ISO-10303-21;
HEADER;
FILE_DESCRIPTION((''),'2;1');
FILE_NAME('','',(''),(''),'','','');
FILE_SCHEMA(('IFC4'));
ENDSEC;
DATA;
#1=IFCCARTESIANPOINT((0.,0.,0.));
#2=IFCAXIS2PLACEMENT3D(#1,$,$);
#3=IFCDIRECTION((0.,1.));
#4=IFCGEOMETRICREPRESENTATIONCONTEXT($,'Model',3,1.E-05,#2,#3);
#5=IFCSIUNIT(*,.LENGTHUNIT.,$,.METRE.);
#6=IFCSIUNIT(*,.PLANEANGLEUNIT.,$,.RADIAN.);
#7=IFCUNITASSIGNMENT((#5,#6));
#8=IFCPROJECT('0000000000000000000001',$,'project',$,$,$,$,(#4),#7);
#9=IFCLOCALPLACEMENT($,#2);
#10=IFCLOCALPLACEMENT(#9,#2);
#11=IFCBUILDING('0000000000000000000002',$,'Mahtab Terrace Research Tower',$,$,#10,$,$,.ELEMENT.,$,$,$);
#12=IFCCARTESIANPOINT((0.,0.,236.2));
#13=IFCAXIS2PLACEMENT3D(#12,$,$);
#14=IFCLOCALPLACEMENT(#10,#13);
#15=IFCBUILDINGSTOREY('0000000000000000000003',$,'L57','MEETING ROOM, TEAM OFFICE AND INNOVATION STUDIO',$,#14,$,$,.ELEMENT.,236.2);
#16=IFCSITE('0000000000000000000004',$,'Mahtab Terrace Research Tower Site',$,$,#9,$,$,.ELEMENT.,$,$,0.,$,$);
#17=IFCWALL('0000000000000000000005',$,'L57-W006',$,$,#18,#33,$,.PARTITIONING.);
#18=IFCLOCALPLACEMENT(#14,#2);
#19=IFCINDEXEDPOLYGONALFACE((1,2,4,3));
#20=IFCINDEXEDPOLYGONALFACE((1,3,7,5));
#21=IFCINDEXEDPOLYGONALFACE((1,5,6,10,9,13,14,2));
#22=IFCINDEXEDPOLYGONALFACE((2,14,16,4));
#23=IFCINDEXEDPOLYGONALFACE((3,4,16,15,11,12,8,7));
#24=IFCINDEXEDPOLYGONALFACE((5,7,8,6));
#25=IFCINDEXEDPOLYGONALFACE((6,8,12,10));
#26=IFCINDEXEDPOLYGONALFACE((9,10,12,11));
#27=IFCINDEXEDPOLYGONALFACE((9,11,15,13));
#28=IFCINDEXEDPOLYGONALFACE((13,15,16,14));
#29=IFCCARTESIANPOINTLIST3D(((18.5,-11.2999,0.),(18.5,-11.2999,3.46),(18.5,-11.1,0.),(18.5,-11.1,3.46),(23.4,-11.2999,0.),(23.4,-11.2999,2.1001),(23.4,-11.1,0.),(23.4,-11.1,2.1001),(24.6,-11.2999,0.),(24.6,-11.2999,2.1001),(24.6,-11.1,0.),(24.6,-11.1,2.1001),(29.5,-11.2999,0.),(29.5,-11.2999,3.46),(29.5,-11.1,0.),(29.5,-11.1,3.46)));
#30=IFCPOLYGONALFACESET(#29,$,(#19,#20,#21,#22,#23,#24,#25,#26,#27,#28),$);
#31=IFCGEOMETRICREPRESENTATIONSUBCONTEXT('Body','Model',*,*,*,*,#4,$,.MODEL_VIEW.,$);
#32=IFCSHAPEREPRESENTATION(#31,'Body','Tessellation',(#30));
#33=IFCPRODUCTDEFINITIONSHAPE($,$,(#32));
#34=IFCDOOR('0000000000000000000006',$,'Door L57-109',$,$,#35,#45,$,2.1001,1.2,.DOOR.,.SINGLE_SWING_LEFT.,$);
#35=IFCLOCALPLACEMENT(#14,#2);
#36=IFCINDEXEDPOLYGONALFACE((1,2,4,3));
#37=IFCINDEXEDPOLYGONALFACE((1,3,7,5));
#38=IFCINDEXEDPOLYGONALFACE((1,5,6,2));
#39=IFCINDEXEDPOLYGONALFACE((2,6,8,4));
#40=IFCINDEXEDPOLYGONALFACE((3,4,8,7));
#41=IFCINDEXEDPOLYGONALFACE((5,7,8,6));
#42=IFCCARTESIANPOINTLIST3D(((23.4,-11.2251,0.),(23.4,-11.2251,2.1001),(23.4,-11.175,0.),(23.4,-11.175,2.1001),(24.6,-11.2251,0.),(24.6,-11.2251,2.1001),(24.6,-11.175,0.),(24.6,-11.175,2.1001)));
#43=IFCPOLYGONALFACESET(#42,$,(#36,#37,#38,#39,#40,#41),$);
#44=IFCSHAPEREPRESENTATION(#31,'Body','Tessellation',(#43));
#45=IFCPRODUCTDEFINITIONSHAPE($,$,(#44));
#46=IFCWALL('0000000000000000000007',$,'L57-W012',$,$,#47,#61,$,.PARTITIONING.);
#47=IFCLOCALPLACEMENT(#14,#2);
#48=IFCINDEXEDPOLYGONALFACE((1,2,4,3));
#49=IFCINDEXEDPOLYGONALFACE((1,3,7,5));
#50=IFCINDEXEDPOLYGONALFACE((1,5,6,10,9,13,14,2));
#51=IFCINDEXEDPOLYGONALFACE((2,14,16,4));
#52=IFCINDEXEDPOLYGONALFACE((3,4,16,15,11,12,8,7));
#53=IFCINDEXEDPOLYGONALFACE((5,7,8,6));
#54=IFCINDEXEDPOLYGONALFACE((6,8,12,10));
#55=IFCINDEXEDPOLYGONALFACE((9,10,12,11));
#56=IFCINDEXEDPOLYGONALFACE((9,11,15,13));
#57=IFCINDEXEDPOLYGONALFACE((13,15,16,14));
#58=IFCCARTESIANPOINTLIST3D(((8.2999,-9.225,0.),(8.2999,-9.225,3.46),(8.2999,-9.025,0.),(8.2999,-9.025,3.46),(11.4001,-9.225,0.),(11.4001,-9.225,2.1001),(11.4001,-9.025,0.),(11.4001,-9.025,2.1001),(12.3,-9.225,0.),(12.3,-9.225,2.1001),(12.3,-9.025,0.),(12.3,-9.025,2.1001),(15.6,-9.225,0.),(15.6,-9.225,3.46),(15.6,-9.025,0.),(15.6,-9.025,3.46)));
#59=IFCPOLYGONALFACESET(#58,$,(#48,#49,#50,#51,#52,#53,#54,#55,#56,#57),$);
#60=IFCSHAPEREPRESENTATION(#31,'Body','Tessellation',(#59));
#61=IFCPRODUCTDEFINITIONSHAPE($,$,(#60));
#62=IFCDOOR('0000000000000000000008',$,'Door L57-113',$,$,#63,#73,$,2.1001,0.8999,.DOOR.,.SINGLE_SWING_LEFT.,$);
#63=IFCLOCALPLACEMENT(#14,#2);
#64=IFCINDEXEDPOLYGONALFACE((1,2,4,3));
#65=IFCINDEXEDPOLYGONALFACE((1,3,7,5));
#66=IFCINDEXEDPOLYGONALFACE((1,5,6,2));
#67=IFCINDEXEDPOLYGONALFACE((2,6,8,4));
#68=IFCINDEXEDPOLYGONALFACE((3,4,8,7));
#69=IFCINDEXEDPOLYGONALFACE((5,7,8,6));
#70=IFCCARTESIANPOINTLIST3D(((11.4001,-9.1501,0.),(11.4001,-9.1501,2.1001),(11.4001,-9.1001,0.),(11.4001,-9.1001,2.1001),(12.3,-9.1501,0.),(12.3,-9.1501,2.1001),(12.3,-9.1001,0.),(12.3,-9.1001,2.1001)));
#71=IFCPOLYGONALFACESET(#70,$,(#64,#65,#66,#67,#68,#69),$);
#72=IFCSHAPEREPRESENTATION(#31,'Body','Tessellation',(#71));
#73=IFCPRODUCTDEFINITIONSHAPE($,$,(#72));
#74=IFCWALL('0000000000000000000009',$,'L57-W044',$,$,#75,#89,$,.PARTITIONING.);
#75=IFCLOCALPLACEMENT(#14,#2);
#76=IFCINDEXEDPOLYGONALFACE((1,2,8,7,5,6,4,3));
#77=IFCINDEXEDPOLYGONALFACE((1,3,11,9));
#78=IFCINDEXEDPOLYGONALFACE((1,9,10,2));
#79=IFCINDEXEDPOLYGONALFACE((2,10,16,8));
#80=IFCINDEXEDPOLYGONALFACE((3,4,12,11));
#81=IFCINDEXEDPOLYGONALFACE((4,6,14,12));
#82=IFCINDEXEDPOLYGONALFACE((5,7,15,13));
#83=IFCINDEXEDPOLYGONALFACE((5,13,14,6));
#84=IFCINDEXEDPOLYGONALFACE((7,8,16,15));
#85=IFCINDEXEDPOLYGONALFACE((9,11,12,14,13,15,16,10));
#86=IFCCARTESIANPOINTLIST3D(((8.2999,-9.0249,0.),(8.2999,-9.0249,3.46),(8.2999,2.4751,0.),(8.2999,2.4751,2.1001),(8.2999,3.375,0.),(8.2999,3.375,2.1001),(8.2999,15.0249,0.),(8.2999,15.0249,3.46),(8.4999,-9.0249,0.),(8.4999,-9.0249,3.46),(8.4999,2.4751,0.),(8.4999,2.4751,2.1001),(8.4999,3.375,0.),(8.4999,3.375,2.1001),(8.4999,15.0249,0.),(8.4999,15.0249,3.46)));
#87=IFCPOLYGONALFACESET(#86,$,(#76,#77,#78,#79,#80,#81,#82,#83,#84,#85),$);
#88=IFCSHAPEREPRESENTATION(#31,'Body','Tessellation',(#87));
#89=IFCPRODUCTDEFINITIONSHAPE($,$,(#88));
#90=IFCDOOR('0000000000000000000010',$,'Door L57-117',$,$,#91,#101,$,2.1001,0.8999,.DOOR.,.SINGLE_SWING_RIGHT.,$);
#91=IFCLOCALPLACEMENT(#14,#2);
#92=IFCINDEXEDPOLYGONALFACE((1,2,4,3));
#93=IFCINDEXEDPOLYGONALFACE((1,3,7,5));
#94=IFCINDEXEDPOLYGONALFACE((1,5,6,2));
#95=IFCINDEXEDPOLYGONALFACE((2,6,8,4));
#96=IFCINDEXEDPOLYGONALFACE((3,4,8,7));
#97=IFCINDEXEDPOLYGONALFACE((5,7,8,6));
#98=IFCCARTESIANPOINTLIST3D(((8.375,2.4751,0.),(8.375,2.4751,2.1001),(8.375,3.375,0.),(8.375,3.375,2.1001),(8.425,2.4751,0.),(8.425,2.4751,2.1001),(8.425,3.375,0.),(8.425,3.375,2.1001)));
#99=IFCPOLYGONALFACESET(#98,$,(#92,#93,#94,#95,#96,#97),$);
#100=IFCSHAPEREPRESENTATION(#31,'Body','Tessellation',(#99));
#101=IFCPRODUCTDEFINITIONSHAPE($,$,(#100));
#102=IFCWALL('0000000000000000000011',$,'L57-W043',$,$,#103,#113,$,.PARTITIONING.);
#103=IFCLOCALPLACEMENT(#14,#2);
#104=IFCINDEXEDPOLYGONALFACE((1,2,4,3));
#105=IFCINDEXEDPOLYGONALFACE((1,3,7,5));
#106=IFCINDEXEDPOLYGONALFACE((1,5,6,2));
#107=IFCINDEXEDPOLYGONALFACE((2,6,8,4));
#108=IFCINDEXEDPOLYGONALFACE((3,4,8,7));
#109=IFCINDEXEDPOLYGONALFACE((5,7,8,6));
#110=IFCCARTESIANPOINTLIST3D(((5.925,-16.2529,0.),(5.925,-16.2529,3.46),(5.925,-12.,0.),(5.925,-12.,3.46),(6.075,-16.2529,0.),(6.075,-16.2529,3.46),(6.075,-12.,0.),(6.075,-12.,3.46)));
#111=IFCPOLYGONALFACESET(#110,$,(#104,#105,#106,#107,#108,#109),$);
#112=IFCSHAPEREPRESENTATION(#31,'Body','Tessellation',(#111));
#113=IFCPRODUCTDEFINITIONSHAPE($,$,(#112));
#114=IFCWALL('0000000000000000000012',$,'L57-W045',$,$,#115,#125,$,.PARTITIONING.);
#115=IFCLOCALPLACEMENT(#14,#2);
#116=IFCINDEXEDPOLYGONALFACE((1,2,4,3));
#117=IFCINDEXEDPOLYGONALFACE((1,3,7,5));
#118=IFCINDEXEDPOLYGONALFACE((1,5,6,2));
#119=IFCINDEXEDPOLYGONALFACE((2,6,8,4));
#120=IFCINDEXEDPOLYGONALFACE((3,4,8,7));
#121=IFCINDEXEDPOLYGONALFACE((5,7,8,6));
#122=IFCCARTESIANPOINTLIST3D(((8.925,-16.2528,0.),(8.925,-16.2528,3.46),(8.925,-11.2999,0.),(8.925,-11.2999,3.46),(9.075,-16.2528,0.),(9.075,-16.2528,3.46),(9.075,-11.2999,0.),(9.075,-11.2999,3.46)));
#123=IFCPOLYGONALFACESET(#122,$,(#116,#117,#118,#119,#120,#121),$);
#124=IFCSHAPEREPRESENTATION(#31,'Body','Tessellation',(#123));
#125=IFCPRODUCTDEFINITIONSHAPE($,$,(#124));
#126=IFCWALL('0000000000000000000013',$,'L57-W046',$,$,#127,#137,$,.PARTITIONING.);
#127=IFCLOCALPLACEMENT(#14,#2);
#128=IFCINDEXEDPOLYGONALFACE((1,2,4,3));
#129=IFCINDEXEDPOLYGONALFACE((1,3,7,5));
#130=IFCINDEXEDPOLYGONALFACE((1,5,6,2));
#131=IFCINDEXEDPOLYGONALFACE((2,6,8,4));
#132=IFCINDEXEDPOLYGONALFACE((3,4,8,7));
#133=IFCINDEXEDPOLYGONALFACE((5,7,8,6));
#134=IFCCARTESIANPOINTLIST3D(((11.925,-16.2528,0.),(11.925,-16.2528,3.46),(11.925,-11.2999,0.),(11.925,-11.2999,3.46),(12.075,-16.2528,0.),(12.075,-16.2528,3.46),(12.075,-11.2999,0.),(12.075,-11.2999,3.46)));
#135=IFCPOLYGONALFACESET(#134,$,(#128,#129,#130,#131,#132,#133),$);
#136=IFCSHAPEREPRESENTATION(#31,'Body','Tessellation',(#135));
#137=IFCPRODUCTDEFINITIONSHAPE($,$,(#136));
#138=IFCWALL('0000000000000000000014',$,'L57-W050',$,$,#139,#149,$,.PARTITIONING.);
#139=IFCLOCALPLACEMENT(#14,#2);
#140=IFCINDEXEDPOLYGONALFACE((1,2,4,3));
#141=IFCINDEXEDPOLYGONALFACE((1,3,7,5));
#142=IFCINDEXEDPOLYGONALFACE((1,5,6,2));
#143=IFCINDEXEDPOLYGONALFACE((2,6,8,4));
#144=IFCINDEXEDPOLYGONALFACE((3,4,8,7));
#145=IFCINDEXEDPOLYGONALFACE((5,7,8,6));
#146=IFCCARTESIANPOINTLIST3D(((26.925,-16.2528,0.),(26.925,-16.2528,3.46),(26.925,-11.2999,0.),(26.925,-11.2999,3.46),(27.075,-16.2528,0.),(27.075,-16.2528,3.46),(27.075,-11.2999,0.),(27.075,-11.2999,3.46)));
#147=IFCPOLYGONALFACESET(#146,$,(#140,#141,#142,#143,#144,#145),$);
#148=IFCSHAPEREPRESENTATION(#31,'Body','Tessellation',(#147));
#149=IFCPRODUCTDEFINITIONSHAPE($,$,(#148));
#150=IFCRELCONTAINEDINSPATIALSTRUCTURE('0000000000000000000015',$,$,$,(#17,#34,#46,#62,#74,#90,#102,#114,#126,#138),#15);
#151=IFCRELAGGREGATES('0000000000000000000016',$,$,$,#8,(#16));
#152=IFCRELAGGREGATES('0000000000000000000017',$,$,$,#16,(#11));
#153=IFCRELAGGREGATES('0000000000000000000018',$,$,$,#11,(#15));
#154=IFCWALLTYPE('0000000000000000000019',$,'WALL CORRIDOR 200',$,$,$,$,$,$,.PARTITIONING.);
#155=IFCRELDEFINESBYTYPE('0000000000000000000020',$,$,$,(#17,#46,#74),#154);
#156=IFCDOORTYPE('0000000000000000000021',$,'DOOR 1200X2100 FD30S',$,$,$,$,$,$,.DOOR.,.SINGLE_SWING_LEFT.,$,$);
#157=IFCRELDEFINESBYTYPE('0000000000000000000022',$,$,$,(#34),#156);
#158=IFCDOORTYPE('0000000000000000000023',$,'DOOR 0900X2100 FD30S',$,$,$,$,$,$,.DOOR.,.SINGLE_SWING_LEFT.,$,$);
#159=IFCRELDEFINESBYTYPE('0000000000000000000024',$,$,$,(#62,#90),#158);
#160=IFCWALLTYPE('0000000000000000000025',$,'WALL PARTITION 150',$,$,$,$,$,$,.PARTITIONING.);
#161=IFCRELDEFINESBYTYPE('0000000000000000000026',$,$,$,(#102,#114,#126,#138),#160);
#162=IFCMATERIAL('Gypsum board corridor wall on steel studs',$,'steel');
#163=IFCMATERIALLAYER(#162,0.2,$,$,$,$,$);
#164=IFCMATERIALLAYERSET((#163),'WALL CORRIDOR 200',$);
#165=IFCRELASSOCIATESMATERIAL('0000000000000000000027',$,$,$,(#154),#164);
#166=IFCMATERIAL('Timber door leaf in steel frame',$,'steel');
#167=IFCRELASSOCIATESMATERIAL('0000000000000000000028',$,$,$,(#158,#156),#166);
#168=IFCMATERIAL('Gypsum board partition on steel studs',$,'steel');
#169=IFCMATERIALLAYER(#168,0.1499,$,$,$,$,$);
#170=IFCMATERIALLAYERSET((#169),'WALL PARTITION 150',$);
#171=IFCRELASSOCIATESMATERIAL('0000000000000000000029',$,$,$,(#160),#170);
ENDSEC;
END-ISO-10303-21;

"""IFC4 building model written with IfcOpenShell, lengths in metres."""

from ifc_helpers import new_model, si_unit, direction, frame, frame_2d, origin, place, context, subcontext, project, spatial, rectangle, extrude, material, layer, layer_set, type_object, element, fill, save


model = new_model("IFC4")

# Units and contexts
model_context = context("Model", 3, precision=1e-05, world=origin(), true_north=direction((0.0, 1.0)))
body_context = subcontext(model_context, "Body", "Model", "MODEL_VIEW")
ifc_project = project(units=[si_unit("LENGTHUNIT", "METRE"), si_unit("PLANEANGLEUNIT", "RADIAN")], contexts=[model_context])

# Site, building, storey
site_placement = place(None, origin())
site = spatial("IfcSite", under=ifc_project, at=site_placement, Name="Mahtab Terrace Research Tower Site", CompositionType="ELEMENT", RefElevation=0.0)
building_placement = place(site_placement, origin())
building = spatial("IfcBuilding", under=site, at=building_placement, Name="Mahtab Terrace Research Tower", CompositionType="ELEMENT")
storey_placement = place(building_placement, frame((0.0, 0.0, 236.2)))
storey = spatial("IfcBuildingStorey", under=building, at=storey_placement, Name="L57", Description="MEETING ROOM, TEAM OFFICE AND INNOVATION STUDIO", CompositionType="ELEMENT", Elevation=236.2)

# Shared definitions
ifc_material_1 = material(Name="Gypsum board corridor wall on steel studs", Category="steel")
ifc_layer_1 = layer(ifc_material_1, 0.2)
ifc_layer_set_1 = layer_set([ifc_layer_1], Name="WALL CORRIDOR 200")
wall_type_1 = type_object("IfcWallType", Name="WALL CORRIDOR 200", PredefinedType="PARTITIONING", material=ifc_layer_set_1)
ifc_material_2 = material(Name="Timber door leaf in steel frame", Category="steel")
door_type_1 = type_object("IfcDoorType", Name="DOOR 0900X2100 FD30S", OperationType="SINGLE_SWING_LEFT", PredefinedType="DOOR", material=ifc_material_2)

# Walls, openings, doors
wall_1_placement = place(storey_placement, frame((18.5, -11.2, 0.0), z_axis=(0.0, 0.0, 1.0), x_axis=(1.0, 0.0, 0.0)))
wall_1 = element("IfcWall", 1, at=wall_1_placement, inside=storey, type_object=wall_type_1, Name="L57-W006", PredefinedType="PARTITIONING", context=body_context, shape_type="SweptSolid", body=[
    extrude(rectangle(XDim=11.0, YDim=0.2, at=frame_2d((5.5, 0.0))), origin(), (0.0, 0.0, 1.0), 3.46),
])
opening_1_placement = place(wall_1_placement, frame((4.8999, 0.0, 0.0)))
opening_1 = element("IfcOpeningElement", 2, at=opening_1_placement, cuts=wall_1, PredefinedType="OPENING", context=body_context, shape_type="SweptSolid", body=[
    extrude(rectangle(XDim=1.2, YDim=2.1001, at=frame_2d((0.6001, 1.05))), frame((0.0, 0.1099, 0.0), z_axis=(0.0, -1.0, 0.0), x_axis=(1.0, 0.0, 0.0)), (0.0, 0.0, 1.0), 0.22),
])
door_type_2 = type_object("IfcDoorType", Name="DOOR 1200X2100 FD30S", OperationType="SINGLE_SWING_LEFT", PredefinedType="DOOR", material=ifc_material_2)
door_1_placement = place(opening_1_placement, origin())
door_1 = element("IfcDoor", 3, at=door_1_placement, inside=storey, type_object=door_type_2, Name="Door L57-109", OperationType="SINGLE_SWING_LEFT", OverallHeight=2.1001, OverallWidth=1.2, PredefinedType="DOOR", context=body_context, shape_type="SweptSolid", body=[
    extrude(rectangle(XDim=1.2, YDim=2.1001, at=frame_2d((0.6001, 1.05))), frame((0.0, 0.0249, 0.0), z_axis=(0.0, -1.0, 0.0), x_axis=(1.0, 0.0, 0.0)), (0.0, 0.0, 1.0), 0.05),
])
fill(opening_1, door_1)
wall_2_placement = place(storey_placement, frame((8.3, -9.125, 0.0), z_axis=(0.0, 0.0, 1.0), x_axis=(1.0, 0.0, 0.0)))
wall_2 = element("IfcWall", 4, at=wall_2_placement, inside=storey, type_object=wall_type_1, Name="L57-W012", PredefinedType="PARTITIONING", context=body_context, shape_type="SweptSolid", body=[
    extrude(rectangle(XDim=7.3, YDim=0.2, at=frame_2d((3.6499, 0.0))), origin(), (0.0, 0.0, 1.0), 3.46),
])
opening_2_placement = place(wall_2_placement, frame((3.1001, 0.0, 0.0)))
opening_2 = element("IfcOpeningElement", 5, at=opening_2_placement, cuts=wall_2, PredefinedType="OPENING", context=body_context, shape_type="SweptSolid", body=[
    extrude(rectangle(XDim=0.8999, YDim=2.1001, at=frame_2d((0.45, 1.05))), frame((0.0, 0.1099, 0.0), z_axis=(0.0, -1.0, 0.0), x_axis=(1.0, 0.0, 0.0)), (0.0, 0.0, 1.0), 0.22),
])
door_2_placement = place(opening_2_placement, origin())
door_2 = element("IfcDoor", 6, at=door_2_placement, inside=storey, type_object=door_type_1, Name="Door L57-113", OperationType="SINGLE_SWING_LEFT", OverallHeight=2.1001, OverallWidth=0.8999, PredefinedType="DOOR", context=body_context, shape_type="SweptSolid", body=[
    extrude(rectangle(XDim=0.8999, YDim=2.1001, at=frame_2d((0.45, 1.05))), frame((0.0, 0.0249, 0.0), z_axis=(0.0, -1.0, 0.0), x_axis=(1.0, 0.0, 0.0)), (0.0, 0.0, 1.0), 0.05),
])
fill(opening_2, door_2)
wall_3_placement = place(storey_placement, frame((8.3999, -9.0249, 0.0), z_axis=(0.0, 0.0, 1.0), x_axis=(0.0, 1.0, 0.0)))
wall_3 = element("IfcWall", 7, at=wall_3_placement, inside=storey, type_object=wall_type_1, Name="L57-W044", PredefinedType="PARTITIONING", context=body_context, shape_type="SweptSolid", body=[
    extrude(rectangle(XDim=24.0498, YDim=0.2, at=frame_2d((12.0249, 0.0))), origin(), (0.0, 0.0, 1.0), 3.46),
])
opening_3_placement = place(wall_3_placement, frame((11.5, 0.0, 0.0)))
opening_3 = element("IfcOpeningElement", 8, at=opening_3_placement, cuts=wall_3, PredefinedType="OPENING", context=body_context, shape_type="SweptSolid", body=[
    extrude(rectangle(XDim=0.8999, YDim=2.1001, at=frame_2d((0.45, 1.05))), frame((0.0, 0.1099, 0.0), z_axis=(0.0, -1.0, 0.0), x_axis=(1.0, 0.0, 0.0)), (0.0, 0.0, 1.0), 0.22),
])
door_3_placement = place(opening_3_placement, origin())
door_3 = element("IfcDoor", 9, at=door_3_placement, inside=storey, type_object=door_type_1, Name="Door L57-117", OperationType="SINGLE_SWING_RIGHT", OverallHeight=2.1001, OverallWidth=0.8999, PredefinedType="DOOR", context=body_context, shape_type="SweptSolid", body=[
    extrude(rectangle(XDim=0.8999, YDim=2.1001, at=frame_2d((0.45, 1.05))), frame((0.0, 0.0249, 0.0), z_axis=(0.0, -1.0, 0.0), x_axis=(1.0, 0.0, 0.0)), (0.0, 0.0, 1.0), 0.05),
])
fill(opening_3, door_3)

# Walls
ifc_material_3 = material(Name="Gypsum board partition on steel studs", Category="steel")
ifc_layer_2 = layer(ifc_material_3, 0.1499)
ifc_layer_set_2 = layer_set([ifc_layer_2], Name="WALL PARTITION 150")
wall_type_2 = type_object("IfcWallType", Name="WALL PARTITION 150", PredefinedType="PARTITIONING", material=ifc_layer_set_2)
wall_4_placement = place(storey_placement, frame((6.0, -16.2529, 0.0), z_axis=(0.0, 0.0, 1.0), x_axis=(0.0, 1.0, 0.0)))
element("IfcWall", 10, at=wall_4_placement, inside=storey, type_object=wall_type_2, Name="L57-W043", PredefinedType="PARTITIONING", context=body_context, shape_type="SweptSolid", body=[
    extrude(rectangle(XDim=4.2529, YDim=0.1499, at=frame_2d((2.1265, 0.0))), origin(), (0.0, 0.0, 1.0), 3.46),
])
for number, where, z_axis, x_axis, name in (
    (11, (9.0, -16.2529, 0.0), (0.0, 0.0, 1.0), (0.0, 1.0, 0.0), "L57-W045"),
    (12, (12.0, -16.2529, 0.0), (0.0, 0.0, 1.0), (0.0, 1.0, 0.0), "L57-W046"),
    (13, (27.0, -16.2529, 0.0), (0.0, 0.0, 1.0), (0.0, 1.0, 0.0), "L57-W050"),
):
    element("IfcWall", number, at=place(storey_placement, frame(where, z_axis=z_axis, x_axis=x_axis)), inside=storey, type_object=wall_type_2, Name=name, PredefinedType="PARTITIONING", context=body_context, shape_type="SweptSolid", body=[
        extrude(rectangle(XDim=4.9529, YDim=0.1499, at=frame_2d((2.4766, 0.0))), origin(), (0.0, 0.0, 1.0), 3.46),
    ])

save(model, "model.ifc")
